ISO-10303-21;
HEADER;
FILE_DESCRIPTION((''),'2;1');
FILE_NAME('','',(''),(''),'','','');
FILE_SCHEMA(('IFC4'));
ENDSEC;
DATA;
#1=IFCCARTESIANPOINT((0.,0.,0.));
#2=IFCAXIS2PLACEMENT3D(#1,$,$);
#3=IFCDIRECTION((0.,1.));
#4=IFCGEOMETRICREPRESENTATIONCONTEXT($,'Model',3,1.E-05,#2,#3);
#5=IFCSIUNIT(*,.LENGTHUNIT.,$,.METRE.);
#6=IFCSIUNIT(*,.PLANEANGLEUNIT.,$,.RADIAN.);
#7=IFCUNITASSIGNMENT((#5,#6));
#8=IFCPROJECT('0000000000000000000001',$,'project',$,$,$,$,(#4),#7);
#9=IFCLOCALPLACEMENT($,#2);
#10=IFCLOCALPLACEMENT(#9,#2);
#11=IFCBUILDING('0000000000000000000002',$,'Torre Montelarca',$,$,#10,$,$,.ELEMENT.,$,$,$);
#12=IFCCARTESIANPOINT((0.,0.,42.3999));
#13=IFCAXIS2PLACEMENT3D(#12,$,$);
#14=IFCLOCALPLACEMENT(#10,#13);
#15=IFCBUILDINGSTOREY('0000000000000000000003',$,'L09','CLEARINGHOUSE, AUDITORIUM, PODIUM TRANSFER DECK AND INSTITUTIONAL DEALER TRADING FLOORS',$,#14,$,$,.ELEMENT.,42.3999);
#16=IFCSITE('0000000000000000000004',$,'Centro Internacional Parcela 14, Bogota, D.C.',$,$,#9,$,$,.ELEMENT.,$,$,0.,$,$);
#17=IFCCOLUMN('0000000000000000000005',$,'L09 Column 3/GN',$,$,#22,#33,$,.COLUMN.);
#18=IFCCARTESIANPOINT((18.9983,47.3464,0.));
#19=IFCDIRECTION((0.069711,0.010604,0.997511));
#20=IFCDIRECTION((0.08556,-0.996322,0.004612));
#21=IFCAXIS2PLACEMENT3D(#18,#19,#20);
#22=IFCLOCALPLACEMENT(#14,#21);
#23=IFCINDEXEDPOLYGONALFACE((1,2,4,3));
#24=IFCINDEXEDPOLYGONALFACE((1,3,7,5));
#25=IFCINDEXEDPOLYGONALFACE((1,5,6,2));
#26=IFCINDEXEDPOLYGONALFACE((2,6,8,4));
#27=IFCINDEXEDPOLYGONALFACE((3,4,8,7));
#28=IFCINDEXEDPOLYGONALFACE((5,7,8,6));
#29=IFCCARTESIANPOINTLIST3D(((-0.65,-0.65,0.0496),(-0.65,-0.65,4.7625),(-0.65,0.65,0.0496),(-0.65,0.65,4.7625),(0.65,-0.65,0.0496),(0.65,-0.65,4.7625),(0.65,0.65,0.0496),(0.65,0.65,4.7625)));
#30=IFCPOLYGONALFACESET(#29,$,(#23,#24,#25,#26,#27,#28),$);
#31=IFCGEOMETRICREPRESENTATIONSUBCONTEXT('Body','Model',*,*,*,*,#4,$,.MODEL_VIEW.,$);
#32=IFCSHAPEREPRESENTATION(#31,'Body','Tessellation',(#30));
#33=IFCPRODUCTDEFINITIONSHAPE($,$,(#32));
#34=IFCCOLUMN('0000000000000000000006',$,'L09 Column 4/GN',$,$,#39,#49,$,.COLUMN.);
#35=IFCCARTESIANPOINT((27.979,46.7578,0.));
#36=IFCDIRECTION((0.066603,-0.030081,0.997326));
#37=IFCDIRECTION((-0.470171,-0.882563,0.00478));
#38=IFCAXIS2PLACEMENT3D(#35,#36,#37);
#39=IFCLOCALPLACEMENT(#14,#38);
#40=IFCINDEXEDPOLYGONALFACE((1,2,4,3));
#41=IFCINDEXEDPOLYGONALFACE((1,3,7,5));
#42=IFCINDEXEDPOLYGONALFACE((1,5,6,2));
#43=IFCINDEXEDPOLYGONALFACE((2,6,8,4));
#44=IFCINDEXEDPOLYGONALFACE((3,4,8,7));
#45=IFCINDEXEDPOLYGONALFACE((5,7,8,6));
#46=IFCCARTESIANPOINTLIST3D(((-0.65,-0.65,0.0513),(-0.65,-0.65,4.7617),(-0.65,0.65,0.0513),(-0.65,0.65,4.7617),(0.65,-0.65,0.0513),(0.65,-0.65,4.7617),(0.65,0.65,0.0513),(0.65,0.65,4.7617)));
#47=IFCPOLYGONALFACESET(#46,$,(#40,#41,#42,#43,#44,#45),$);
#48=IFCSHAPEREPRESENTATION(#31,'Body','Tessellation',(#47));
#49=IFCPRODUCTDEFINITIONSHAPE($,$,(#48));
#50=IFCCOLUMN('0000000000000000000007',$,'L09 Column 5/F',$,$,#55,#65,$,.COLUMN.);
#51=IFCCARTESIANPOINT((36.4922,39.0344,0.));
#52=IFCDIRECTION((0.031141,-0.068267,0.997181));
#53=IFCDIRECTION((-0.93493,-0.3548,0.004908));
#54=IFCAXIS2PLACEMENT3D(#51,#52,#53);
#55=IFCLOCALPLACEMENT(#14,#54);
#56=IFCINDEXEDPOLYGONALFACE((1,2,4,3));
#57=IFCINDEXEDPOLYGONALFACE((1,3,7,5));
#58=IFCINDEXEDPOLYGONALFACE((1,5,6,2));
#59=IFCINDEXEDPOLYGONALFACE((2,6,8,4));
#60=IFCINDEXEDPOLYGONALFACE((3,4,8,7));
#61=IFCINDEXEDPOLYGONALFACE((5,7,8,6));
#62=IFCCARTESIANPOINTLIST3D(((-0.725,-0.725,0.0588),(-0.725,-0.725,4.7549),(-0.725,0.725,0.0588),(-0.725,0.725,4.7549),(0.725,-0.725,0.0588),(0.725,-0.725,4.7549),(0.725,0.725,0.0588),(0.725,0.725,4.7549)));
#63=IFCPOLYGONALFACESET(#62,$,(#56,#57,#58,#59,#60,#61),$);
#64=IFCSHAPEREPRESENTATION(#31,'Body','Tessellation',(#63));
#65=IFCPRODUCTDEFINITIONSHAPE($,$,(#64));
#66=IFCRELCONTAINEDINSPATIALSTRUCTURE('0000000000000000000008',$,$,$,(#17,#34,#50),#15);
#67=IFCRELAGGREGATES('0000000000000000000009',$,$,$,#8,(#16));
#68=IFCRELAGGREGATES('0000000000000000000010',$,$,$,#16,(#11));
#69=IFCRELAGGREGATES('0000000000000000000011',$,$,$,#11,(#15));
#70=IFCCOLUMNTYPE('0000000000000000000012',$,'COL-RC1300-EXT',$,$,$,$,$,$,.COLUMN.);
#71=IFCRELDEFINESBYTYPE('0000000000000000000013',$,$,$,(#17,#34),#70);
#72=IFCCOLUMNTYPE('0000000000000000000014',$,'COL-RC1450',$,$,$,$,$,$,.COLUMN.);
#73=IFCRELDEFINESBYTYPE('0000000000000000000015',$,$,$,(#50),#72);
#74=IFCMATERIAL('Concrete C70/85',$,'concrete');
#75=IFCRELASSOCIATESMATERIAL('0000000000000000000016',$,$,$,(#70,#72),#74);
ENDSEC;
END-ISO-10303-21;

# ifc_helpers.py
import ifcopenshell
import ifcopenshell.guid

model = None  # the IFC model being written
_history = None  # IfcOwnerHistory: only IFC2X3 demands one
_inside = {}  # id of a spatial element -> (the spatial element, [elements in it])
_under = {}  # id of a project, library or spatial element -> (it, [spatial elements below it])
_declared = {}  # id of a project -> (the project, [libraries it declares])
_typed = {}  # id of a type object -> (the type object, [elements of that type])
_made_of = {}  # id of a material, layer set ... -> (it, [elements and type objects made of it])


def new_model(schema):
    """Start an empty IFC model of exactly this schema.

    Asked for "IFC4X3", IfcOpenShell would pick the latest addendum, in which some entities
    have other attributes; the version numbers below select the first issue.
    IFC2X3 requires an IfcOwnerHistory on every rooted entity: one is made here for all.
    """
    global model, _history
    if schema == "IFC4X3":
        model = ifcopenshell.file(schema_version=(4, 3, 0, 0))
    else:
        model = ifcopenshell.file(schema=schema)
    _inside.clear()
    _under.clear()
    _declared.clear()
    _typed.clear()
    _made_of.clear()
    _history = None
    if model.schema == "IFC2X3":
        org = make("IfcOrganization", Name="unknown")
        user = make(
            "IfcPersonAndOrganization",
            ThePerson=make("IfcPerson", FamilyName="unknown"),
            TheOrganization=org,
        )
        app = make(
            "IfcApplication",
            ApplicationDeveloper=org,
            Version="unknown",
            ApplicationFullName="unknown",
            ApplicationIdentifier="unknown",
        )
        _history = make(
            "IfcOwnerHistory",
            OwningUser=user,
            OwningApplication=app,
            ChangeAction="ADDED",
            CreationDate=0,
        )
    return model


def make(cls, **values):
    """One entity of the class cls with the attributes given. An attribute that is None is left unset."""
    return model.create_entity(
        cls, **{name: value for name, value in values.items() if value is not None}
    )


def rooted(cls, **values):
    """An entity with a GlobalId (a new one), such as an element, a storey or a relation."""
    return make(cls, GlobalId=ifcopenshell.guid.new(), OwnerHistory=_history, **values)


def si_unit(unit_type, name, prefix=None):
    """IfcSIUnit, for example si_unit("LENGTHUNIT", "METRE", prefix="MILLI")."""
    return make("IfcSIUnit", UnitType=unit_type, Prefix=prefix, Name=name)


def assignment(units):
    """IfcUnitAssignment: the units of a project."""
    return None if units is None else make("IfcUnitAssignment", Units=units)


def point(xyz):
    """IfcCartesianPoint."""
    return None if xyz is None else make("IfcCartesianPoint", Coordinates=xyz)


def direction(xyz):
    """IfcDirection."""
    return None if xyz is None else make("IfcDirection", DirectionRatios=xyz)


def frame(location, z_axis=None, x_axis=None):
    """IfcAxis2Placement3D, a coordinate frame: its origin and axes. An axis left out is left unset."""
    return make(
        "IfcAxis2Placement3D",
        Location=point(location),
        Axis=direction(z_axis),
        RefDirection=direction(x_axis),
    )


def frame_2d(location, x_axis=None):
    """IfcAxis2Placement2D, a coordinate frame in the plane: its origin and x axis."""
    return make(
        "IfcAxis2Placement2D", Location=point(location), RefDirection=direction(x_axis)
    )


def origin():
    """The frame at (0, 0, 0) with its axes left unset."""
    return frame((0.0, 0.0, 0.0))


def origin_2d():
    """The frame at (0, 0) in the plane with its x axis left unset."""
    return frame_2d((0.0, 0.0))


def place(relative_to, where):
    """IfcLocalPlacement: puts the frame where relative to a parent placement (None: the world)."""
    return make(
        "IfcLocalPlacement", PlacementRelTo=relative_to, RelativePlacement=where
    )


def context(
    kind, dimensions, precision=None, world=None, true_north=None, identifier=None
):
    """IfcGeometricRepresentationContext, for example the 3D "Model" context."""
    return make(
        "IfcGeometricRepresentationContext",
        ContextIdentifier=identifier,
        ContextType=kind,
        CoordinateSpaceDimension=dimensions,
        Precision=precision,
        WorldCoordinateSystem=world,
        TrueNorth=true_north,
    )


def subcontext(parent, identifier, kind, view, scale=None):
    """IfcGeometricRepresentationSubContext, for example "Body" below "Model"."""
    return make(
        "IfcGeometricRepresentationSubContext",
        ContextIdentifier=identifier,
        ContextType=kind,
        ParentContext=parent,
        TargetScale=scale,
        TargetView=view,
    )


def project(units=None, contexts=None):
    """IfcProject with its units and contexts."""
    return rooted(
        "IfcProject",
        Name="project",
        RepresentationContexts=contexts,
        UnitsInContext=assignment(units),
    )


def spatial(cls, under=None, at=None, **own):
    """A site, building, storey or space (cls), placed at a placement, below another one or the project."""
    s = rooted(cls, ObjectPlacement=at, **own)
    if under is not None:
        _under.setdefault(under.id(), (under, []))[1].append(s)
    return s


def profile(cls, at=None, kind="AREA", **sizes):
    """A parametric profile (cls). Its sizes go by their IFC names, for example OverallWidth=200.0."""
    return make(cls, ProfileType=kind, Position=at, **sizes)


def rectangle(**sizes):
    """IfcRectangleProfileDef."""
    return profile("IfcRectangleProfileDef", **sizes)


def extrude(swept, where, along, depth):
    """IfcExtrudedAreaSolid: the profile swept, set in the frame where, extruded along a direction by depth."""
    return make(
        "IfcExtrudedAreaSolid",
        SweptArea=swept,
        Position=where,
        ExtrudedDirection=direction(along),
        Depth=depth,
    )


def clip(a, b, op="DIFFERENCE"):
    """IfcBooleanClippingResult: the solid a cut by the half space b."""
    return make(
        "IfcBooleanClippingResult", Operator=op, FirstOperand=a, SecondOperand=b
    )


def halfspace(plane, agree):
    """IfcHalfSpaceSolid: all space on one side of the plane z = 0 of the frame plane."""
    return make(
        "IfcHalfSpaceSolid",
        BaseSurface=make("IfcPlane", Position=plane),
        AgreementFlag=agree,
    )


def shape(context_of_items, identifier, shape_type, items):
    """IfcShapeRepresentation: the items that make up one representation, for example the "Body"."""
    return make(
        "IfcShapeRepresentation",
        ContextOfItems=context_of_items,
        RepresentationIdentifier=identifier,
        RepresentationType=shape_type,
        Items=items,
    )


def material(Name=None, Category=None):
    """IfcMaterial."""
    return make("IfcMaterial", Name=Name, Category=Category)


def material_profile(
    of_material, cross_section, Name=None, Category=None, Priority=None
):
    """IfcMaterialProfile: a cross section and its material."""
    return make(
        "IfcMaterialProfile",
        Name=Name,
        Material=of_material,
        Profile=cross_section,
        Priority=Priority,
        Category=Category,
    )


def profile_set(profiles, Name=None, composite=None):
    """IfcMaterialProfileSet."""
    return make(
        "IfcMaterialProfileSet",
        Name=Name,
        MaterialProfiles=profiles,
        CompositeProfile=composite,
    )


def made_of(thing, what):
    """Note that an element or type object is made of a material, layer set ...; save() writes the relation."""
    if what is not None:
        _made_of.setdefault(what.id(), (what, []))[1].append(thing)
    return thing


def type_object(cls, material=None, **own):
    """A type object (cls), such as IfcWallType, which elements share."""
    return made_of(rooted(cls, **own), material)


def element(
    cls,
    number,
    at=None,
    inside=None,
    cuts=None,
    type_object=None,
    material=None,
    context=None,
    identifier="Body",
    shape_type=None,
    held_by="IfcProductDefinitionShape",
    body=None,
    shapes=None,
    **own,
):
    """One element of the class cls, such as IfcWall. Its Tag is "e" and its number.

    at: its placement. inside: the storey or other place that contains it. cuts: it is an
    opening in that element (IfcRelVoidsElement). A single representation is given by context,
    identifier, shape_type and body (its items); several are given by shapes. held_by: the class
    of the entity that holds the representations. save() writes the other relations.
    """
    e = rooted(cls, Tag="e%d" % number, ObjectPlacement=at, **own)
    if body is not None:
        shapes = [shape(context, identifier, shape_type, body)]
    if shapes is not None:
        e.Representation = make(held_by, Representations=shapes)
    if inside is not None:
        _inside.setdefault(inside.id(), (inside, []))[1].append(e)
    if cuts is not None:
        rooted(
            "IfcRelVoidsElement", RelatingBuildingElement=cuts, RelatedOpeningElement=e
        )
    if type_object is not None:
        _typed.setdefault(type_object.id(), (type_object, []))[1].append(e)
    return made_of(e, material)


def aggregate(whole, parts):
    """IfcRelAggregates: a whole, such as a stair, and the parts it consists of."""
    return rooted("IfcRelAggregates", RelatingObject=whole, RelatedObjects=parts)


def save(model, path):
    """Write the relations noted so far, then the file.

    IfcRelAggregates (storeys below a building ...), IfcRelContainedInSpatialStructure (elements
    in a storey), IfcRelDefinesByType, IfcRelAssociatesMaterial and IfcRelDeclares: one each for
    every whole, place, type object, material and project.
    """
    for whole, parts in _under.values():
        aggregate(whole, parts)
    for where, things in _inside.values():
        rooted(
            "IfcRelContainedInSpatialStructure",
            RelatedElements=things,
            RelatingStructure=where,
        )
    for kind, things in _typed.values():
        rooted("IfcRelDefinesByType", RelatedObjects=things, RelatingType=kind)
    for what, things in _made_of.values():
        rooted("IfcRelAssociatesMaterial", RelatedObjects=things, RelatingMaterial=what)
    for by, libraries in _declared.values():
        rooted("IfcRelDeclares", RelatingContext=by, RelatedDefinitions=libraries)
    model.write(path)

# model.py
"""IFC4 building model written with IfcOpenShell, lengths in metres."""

from ifc_helpers import new_model, si_unit, direction, frame, origin, origin_2d, place, context, subcontext, project, spatial, rectangle, extrude, clip, halfspace, material, material_profile, profile_set, type_object, element, save


model = new_model("IFC4")

# Units and contexts
model_context = context("Model", 3, precision=1e-05, world=origin(), true_north=direction((0.0, 1.0)))
body_context = subcontext(model_context, "Body", "Model", "MODEL_VIEW")
ifc_project = project(units=[si_unit("LENGTHUNIT", "METRE"), si_unit("PLANEANGLEUNIT", "RADIAN")], contexts=[model_context])

# Site, building, storey
site_placement = place(None, origin())
site = spatial("IfcSite", under=ifc_project, at=site_placement, Name="Centro Internacional Parcela 14, Bogota, D.C.", CompositionType="ELEMENT", RefElevation=0.0)
building_placement = place(site_placement, origin())
building = spatial("IfcBuilding", under=site, at=building_placement, Name="Torre Montelarca", CompositionType="ELEMENT")
storey_placement = place(building_placement, frame((0.0, 0.0, 42.3999)))
storey = spatial("IfcBuildingStorey", under=building, at=storey_placement, Name="L09", Description="CLEARINGHOUSE, AUDITORIUM, PODIUM TRANSFER DECK AND INSTITUTIONAL DEALER TRADING FLOORS", CompositionType="ELEMENT", Elevation=42.3999)

# Columns
ifc_material_1 = material(Name="Concrete C70/85", Category="concrete")
ifc_material_profile_1 = material_profile(ifc_material_1, rectangle(XDim=1.3, YDim=1.3, at=origin_2d()), Name="RC1300X1300", Category="concrete")
ifc_profile_set_1 = profile_set([ifc_material_profile_1], Name="Concrete C70/85")
column_type_1 = type_object("IfcColumnType", Name="COL-RC1300-EXT", PredefinedType="COLUMN", material=ifc_profile_set_1)
column_1_placement = place(storey_placement, frame((18.9983, 47.3464, 0.0), z_axis=(0.069711, 0.010604, 0.997511), x_axis=(0.08556, -0.996322, 0.004612)))
element("IfcColumn", 1, at=column_1_placement, inside=storey, type_object=column_type_1, Name="L09 Column 3/GN", PredefinedType="COLUMN", context=body_context, shape_type="Clipping", body=[
    clip(clip(extrude(rectangle(XDim=1.3, YDim=1.3, at=origin_2d()), origin(), (0.0, 0.0, 1.0), 4.812), halfspace(frame((0.0, 0.0, 0.0496), z_axis=(0.0, 0.0, -1.0), x_axis=(1.0, 0.0, 0.0)), False)), halfspace(frame((0.0, 0.0, 4.7625), z_axis=(0.0, 0.0, 1.0), x_axis=(1.0, 0.0, 0.0)), False)),
])
column_2_placement = place(storey_placement, frame((27.979, 46.7578, 0.0), z_axis=(0.066603, -0.030081, 0.997326), x_axis=(-0.470171, -0.882563, 0.00478)))
element("IfcColumn", 2, at=column_2_placement, inside=storey, type_object=column_type_1, Name="L09 Column 4/GN", PredefinedType="COLUMN", context=body_context, shape_type="Clipping", body=[
    clip(clip(extrude(rectangle(XDim=1.3, YDim=1.3, at=origin_2d()), origin(), (0.0, 0.0, 1.0), 4.813), halfspace(frame((0.0, 0.0, 0.0513), z_axis=(0.0, 0.0, -1.0), x_axis=(1.0, 0.0, 0.0)), False)), halfspace(frame((0.0, 0.0, 4.7617), z_axis=(0.0, 0.0, 1.0), x_axis=(1.0, 0.0, 0.0)), False)),
])
ifc_material_profile_2 = material_profile(ifc_material_1, rectangle(XDim=1.45, YDim=1.45, at=origin_2d()), Name="RC1450X1450", Category="concrete")
ifc_profile_set_2 = profile_set([ifc_material_profile_2], Name="Concrete C70/85")
column_type_2 = type_object("IfcColumnType", Name="COL-RC1450", PredefinedType="COLUMN", material=ifc_profile_set_2)
column_3_placement = place(storey_placement, frame((36.4922, 39.0344, 0.0), z_axis=(0.031141, -0.068267, 0.997181), x_axis=(-0.93493, -0.3548, 0.004908)))
element("IfcColumn", 3, at=column_3_placement, inside=storey, type_object=column_type_2, Name="L09 Column 5/F", PredefinedType="COLUMN", context=body_context, shape_type="Clipping", body=[
    clip(clip(extrude(rectangle(XDim=1.45, YDim=1.45, at=origin_2d()), origin(), (0.0, 0.0, 1.0), 4.8137), halfspace(frame((0.0, 0.0, 0.0588), z_axis=(0.0, 0.0, -1.0), x_axis=(1.0, 0.0, 0.0)), False)), halfspace(frame((0.0, 0.0, 4.7549), z_axis=(0.0, 0.0, 1.0), x_axis=(1.0, 0.0, 0.0)), False)),
])

save(model, "model.ifc")
